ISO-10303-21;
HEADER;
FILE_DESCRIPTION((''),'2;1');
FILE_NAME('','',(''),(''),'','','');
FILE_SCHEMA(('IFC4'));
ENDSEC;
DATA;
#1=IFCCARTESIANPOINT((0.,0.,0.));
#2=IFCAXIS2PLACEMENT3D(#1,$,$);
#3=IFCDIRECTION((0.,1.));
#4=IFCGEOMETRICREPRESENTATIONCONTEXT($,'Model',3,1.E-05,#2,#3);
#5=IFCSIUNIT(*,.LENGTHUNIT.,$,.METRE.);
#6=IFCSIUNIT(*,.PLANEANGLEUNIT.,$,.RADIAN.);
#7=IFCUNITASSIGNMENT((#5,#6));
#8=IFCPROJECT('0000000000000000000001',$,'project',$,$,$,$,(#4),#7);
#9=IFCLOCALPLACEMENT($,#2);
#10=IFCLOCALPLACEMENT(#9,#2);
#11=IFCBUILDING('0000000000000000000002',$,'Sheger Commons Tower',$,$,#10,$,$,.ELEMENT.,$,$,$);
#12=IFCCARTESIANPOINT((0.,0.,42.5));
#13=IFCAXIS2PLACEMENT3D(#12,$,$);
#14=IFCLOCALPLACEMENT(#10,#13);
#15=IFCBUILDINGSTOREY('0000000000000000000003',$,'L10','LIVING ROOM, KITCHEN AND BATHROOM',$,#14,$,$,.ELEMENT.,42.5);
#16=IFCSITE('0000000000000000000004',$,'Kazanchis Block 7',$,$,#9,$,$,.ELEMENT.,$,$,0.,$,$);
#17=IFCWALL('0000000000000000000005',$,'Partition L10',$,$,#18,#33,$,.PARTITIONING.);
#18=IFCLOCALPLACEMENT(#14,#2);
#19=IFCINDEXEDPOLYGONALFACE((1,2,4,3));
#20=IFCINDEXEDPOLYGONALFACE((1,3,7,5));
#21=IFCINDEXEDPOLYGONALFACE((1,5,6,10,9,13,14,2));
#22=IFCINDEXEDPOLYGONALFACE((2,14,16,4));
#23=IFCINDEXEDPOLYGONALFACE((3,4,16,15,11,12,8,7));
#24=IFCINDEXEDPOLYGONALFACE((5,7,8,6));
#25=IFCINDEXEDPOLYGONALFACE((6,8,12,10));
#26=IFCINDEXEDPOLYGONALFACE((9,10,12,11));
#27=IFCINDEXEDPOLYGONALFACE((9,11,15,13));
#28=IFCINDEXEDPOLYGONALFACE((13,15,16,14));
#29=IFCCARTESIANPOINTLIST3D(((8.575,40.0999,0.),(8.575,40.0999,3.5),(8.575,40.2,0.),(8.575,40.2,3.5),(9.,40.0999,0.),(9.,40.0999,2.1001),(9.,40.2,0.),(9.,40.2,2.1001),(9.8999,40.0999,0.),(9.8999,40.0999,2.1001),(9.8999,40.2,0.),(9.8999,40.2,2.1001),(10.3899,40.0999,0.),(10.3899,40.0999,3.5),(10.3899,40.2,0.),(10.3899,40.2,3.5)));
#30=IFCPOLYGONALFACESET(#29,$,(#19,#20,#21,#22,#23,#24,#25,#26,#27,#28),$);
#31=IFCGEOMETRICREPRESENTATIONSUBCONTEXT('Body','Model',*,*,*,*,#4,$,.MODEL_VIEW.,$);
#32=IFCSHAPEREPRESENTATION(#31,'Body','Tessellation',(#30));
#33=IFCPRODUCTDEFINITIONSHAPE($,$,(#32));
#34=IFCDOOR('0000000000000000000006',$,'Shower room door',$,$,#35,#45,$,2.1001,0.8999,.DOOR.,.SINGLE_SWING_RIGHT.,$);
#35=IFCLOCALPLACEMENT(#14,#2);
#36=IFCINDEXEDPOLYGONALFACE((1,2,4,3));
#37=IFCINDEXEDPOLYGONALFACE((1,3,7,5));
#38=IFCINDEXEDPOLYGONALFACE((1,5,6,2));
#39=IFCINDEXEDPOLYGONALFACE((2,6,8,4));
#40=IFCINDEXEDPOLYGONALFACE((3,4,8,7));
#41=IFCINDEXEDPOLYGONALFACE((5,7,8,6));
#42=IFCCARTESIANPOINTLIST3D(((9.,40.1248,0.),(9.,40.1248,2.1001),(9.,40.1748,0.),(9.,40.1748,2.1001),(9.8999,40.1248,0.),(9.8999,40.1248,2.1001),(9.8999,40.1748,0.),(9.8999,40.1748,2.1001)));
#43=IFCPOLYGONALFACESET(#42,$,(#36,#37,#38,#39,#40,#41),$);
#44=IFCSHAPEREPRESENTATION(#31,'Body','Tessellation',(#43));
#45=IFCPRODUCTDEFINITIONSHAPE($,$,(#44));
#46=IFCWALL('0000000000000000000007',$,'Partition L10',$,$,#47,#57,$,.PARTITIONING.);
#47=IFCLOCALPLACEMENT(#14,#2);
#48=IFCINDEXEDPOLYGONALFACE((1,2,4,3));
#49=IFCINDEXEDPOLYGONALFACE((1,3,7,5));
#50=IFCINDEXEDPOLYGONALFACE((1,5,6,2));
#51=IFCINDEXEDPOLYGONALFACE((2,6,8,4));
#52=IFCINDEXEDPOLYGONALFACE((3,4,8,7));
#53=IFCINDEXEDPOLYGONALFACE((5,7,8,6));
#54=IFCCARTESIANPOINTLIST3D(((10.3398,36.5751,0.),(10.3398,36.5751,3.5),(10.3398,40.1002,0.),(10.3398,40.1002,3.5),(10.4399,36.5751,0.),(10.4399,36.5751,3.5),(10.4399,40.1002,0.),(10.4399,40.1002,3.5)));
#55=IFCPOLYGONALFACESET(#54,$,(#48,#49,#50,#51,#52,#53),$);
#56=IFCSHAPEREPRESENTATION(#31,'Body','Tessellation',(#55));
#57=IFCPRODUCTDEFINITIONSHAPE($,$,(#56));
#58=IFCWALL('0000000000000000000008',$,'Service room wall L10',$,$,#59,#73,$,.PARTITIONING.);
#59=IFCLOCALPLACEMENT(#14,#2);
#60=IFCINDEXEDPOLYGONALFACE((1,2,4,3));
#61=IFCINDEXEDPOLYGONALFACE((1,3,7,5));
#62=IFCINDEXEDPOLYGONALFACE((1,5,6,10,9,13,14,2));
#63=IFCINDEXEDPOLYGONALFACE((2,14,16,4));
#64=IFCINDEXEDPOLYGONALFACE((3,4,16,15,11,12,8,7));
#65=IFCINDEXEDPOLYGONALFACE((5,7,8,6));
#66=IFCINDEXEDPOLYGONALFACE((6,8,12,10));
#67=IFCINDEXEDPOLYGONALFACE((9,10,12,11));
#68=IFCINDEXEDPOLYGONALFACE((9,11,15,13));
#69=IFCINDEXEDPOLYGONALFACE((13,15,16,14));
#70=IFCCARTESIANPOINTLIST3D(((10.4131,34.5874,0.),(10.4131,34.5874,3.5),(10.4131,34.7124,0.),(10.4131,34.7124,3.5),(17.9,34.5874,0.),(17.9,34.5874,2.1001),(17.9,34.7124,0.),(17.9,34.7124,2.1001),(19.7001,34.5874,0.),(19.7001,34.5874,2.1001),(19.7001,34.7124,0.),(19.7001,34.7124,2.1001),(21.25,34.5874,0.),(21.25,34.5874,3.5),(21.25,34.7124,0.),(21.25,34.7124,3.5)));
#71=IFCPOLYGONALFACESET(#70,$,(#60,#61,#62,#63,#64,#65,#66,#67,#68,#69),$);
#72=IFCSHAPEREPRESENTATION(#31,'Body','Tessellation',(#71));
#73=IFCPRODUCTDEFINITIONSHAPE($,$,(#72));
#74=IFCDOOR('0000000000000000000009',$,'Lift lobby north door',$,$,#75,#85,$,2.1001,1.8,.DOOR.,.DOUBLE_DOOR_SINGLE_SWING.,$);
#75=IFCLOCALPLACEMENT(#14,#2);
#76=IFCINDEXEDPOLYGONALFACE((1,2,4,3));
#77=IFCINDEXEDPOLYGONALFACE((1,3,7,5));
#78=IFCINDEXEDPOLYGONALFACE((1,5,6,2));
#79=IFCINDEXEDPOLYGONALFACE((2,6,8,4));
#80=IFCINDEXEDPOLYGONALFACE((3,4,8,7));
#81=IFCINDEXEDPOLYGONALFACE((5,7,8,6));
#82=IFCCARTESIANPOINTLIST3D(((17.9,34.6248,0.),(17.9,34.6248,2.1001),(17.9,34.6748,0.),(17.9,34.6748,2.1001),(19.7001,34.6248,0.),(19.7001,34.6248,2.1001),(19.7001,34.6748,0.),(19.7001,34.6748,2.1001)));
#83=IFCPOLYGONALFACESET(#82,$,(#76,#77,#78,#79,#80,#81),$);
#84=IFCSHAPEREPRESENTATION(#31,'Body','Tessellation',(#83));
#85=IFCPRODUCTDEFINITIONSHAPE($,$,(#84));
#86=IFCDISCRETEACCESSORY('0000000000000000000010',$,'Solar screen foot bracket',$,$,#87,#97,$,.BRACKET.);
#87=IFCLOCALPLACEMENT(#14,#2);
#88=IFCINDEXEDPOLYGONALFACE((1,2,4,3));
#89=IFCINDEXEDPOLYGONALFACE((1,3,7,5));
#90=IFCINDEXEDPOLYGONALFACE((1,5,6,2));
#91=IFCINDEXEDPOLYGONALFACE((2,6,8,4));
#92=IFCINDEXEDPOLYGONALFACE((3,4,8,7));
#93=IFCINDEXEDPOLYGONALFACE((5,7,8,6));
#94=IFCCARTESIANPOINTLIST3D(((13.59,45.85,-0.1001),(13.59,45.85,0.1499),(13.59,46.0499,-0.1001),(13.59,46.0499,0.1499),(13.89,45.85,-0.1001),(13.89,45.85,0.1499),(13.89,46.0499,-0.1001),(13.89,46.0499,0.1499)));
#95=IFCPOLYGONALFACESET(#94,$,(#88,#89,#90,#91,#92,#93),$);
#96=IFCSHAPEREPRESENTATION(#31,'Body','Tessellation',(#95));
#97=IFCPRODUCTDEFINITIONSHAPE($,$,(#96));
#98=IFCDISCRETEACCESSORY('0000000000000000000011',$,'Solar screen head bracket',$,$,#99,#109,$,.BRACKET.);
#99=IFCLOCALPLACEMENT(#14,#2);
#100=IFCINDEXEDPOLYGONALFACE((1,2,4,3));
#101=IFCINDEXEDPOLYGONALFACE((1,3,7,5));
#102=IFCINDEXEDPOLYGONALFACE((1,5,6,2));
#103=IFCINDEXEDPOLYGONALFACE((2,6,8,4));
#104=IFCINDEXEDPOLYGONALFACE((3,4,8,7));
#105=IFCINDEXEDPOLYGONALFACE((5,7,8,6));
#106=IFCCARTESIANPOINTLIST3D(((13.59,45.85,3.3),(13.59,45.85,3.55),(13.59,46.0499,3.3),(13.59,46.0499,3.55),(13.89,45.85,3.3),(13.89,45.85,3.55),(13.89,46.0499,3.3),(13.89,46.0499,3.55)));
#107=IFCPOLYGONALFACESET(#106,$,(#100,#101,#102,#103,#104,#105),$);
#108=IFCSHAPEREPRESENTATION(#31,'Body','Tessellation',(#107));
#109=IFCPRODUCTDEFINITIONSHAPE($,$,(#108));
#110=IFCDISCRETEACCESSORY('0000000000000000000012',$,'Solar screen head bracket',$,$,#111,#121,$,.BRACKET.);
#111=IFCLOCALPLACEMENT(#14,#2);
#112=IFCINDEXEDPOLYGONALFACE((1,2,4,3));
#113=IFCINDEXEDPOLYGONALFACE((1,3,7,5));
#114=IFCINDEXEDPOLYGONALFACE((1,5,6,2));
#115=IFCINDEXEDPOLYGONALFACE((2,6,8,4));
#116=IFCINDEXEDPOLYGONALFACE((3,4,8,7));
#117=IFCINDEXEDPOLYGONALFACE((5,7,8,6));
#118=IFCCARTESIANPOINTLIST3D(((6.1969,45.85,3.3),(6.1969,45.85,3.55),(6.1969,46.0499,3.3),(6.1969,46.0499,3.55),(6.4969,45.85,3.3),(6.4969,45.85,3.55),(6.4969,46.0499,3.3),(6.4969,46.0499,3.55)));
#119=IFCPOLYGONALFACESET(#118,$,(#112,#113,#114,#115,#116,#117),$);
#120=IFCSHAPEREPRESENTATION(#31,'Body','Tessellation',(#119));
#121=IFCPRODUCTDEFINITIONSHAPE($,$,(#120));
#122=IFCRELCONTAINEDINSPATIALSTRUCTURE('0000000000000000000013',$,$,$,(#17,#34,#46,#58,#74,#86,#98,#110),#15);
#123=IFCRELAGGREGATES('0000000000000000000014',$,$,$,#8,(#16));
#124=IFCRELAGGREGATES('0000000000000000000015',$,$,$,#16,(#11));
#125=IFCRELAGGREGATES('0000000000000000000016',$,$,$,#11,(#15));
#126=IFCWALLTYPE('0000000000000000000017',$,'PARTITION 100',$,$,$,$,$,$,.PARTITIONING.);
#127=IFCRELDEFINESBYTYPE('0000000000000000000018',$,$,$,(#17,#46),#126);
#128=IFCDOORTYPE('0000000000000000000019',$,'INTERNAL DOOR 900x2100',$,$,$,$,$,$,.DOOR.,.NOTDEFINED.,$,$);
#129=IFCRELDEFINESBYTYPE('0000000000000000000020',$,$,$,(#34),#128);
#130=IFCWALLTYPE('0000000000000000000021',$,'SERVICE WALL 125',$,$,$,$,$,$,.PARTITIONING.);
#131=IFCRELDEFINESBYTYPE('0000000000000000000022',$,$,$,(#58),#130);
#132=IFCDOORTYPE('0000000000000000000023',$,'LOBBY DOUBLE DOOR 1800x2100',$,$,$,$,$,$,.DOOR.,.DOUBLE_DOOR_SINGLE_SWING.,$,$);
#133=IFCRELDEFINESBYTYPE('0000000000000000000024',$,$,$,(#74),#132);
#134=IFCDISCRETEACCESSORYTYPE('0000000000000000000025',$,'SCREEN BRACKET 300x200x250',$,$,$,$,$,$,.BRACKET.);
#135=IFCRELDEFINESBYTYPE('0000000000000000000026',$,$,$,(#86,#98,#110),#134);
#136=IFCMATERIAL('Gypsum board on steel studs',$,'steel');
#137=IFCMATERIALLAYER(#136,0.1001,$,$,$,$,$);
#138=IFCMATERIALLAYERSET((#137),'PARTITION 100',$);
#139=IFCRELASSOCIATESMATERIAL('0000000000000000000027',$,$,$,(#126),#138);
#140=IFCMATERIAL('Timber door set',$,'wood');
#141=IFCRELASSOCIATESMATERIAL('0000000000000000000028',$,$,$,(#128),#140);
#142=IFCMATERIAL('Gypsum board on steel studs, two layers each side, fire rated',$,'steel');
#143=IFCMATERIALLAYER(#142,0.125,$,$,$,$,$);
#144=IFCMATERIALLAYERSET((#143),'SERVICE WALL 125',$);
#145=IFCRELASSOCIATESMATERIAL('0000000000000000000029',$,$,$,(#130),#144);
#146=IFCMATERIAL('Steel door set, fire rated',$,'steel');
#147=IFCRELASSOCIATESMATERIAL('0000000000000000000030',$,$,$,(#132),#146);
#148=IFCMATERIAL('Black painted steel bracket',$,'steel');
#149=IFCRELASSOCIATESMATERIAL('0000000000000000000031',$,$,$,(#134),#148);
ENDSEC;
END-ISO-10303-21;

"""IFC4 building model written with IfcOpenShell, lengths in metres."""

from ifc_helpers import new_model, si_unit, direction, frame, frame_2d, origin, origin_2d, place, context, subcontext, project, spatial, rectangle, extrude, material, layer, layer_set, type_object, element, fill, save


model = new_model("IFC4")

# Units and contexts
model_context = context("Model", 3, precision=1e-05, world=origin(), true_north=direction((0.0, 1.0)))
body_context = subcontext(model_context, "Body", "Model", "MODEL_VIEW")
ifc_project = project(units=[si_unit("LENGTHUNIT", "METRE"), si_unit("PLANEANGLEUNIT", "RADIAN")], contexts=[model_context])

# Site, building, storey
site_placement = place(None, origin())
site = spatial("IfcSite", under=ifc_project, at=site_placement, Name="Kazanchis Block 7", CompositionType="ELEMENT", RefElevation=0.0)
building_placement = place(site_placement, origin())
building = spatial("IfcBuilding", under=site, at=building_placement, Name="Sheger Commons Tower", CompositionType="ELEMENT")
storey_placement = place(building_placement, frame((0.0, 0.0, 42.5)))
storey = spatial("IfcBuildingStorey", under=building, at=storey_placement, Name="L10", Description="LIVING ROOM, KITCHEN AND BATHROOM", CompositionType="ELEMENT", Elevation=42.5)

# Shared definitions
ifc_material_1 = material(Name="Gypsum board on steel studs", Category="steel")
ifc_layer_1 = layer(ifc_material_1, 0.1001)
ifc_layer_set_1 = layer_set([ifc_layer_1], Name="PARTITION 100")
wall_type_1 = type_object("IfcWallType", Name="PARTITION 100", PredefinedType="PARTITIONING", material=ifc_layer_set_1)

# Wall, opening, door
wall_1_placement = place(storey_placement, frame((8.575, 40.1499, 0.0), z_axis=(0.0, 0.0, 1.0), x_axis=(1.0, 0.0, 0.0)))
wall_1 = element("IfcWall", 1, at=wall_1_placement, inside=storey, type_object=wall_type_1, Name="Partition L10", PredefinedType="PARTITIONING", context=body_context, shape_type="SweptSolid", body=[
    extrude(rectangle(XDim=1.8149, YDim=0.1001, at=frame_2d((0.9075, 0.0))), origin(), (0.0, 0.0, 1.0), 3.5),
])
opening_1_placement = place(wall_1_placement, frame((0.425, 0.0, 0.0)))
opening_1 = element("IfcOpeningElement", 2, at=opening_1_placement, cuts=wall_1, PredefinedType="OPENING", context=body_context, shape_type="SweptSolid", body=[
    extrude(rectangle(XDim=0.8999, YDim=2.1001, at=frame_2d((0.45, 1.05))), frame((0.0, 0.0601, 0.0), z_axis=(0.0, -1.0, 0.0), x_axis=(1.0, 0.0, 0.0)), (0.0, 0.0, 1.0), 0.1201),
])
ifc_material_2 = material(Name="Timber door set", Category="wood")
door_type_1 = type_object("IfcDoorType", Name="INTERNAL DOOR 900x2100", OperationType="NOTDEFINED", PredefinedType="DOOR", material=ifc_material_2)
door_1_placement = place(opening_1_placement, origin())
door_1 = element("IfcDoor", 3, at=door_1_placement, inside=storey, type_object=door_type_1, Name="Shower room door", OperationType="SINGLE_SWING_RIGHT", OverallHeight=2.1001, OverallWidth=0.8999, PredefinedType="DOOR", context=body_context, shape_type="SweptSolid", body=[
    extrude(rectangle(XDim=0.8999, YDim=2.1001, at=frame_2d((0.45, 1.05))), frame((0.0, 0.0249, 0.0), z_axis=(0.0, -1.0, 0.0), x_axis=(1.0, 0.0, 0.0)), (0.0, 0.0, 1.0), 0.05),
])
fill(opening_1, door_1)

# Wall
wall_2_placement = place(storey_placement, frame((10.3899, 36.575, 0.0), z_axis=(0.0, 0.0, 1.0), x_axis=(0.0, 1.0, 0.0)))
element("IfcWall", 4, at=wall_2_placement, inside=storey, type_object=wall_type_1, Name="Partition L10", PredefinedType="PARTITIONING", context=body_context, shape_type="SweptSolid", body=[
    extrude(rectangle(XDim=3.5251, YDim=0.1001, at=frame_2d((1.7627, 0.0))), origin(), (0.0, 0.0, 1.0), 3.5),
])

# Wall, opening, door
ifc_material_3 = material(Name="Gypsum board on steel studs, two layers each side, fire rated", Category="steel")
ifc_layer_2 = layer(ifc_material_3, 0.125)
ifc_layer_set_2 = layer_set([ifc_layer_2], Name="SERVICE WALL 125")
wall_type_2 = type_object("IfcWallType", Name="SERVICE WALL 125", PredefinedType="PARTITIONING", material=ifc_layer_set_2)
wall_3_placement = place(storey_placement, frame((10.4131, 34.6499, 0.0), z_axis=(0.0, 0.0, 1.0), x_axis=(1.0, 0.0, 0.0)))
wall_3 = element("IfcWall", 5, at=wall_3_placement, inside=storey, type_object=wall_type_2, Name="Service room wall L10", PredefinedType="PARTITIONING", context=body_context, shape_type="SweptSolid", body=[
    extrude(rectangle(XDim=10.8369, YDim=0.125, at=frame_2d((5.4185, 0.0))), origin(), (0.0, 0.0, 1.0), 3.5),
])
opening_2_placement = place(wall_3_placement, frame((7.4871, 0.0, 0.0)))
opening_2 = element("IfcOpeningElement", 6, at=opening_2_placement, cuts=wall_3, PredefinedType="OPENING", context=body_context, shape_type="SweptSolid", body=[
    extrude(rectangle(XDim=1.8, YDim=2.1001, at=frame_2d((0.8999, 1.05))), frame((0.0, 0.0725, 0.0), z_axis=(0.0, -1.0, 0.0), x_axis=(1.0, 0.0, 0.0)), (0.0, 0.0, 1.0), 0.145),
])
ifc_material_4 = material(Name="Steel door set, fire rated", Category="steel")
door_type_2 = type_object("IfcDoorType", Name="LOBBY DOUBLE DOOR 1800x2100", OperationType="DOUBLE_DOOR_SINGLE_SWING", PredefinedType="DOOR", material=ifc_material_4)
door_2_placement = place(opening_2_placement, origin())
door_2 = element("IfcDoor", 7, at=door_2_placement, inside=storey, type_object=door_type_2, Name="Lift lobby north door", OperationType="DOUBLE_DOOR_SINGLE_SWING", OverallHeight=2.1001, OverallWidth=1.8, PredefinedType="DOOR", context=body_context, shape_type="SweptSolid", body=[
    extrude(rectangle(XDim=1.8, YDim=2.1001, at=frame_2d((0.8999, 1.05))), frame((0.0, 0.0249, 0.0), z_axis=(0.0, -1.0, 0.0), x_axis=(1.0, 0.0, 0.0)), (0.0, 0.0, 1.0), 0.05),
])
fill(opening_2, door_2)

# Discrete accessories
ifc_material_5 = material(Name="Black painted steel bracket", Category="steel")
discrete_accessory_type = type_object("IfcDiscreteAccessoryType", Name="SCREEN BRACKET 300x200x250", PredefinedType="BRACKET", material=ifc_material_5)
for number, where, z_axis, x_axis, name in (
    (8, (13.74, 45.95, -0.1001), (0.0, 0.0, 1.0), (-1.0, 0.0, 0.0), "Solar screen foot bracket"),
    (9, (13.74, 45.95, 3.3), (0.0, 0.0, 1.0), (-1.0, 0.0, 0.0), "Solar screen head bracket"),
    (10, (6.3469, 45.95, 3.3), (0.0, 0.0, 1.0), (-1.0, 0.0, 0.0), "Solar screen head bracket"),
):
    element("IfcDiscreteAccessory", number, at=place(storey_placement, frame(where, z_axis=z_axis, x_axis=x_axis)), inside=storey, type_object=discrete_accessory_type, Name=name, PredefinedType="BRACKET", context=body_context, shape_type="SweptSolid", body=[
        extrude(rectangle(XDim=0.3, YDim=0.2, at=origin_2d()), origin(), (0.0, 0.0, 1.0), 0.25),
    ])

save(model, "model.ifc")
